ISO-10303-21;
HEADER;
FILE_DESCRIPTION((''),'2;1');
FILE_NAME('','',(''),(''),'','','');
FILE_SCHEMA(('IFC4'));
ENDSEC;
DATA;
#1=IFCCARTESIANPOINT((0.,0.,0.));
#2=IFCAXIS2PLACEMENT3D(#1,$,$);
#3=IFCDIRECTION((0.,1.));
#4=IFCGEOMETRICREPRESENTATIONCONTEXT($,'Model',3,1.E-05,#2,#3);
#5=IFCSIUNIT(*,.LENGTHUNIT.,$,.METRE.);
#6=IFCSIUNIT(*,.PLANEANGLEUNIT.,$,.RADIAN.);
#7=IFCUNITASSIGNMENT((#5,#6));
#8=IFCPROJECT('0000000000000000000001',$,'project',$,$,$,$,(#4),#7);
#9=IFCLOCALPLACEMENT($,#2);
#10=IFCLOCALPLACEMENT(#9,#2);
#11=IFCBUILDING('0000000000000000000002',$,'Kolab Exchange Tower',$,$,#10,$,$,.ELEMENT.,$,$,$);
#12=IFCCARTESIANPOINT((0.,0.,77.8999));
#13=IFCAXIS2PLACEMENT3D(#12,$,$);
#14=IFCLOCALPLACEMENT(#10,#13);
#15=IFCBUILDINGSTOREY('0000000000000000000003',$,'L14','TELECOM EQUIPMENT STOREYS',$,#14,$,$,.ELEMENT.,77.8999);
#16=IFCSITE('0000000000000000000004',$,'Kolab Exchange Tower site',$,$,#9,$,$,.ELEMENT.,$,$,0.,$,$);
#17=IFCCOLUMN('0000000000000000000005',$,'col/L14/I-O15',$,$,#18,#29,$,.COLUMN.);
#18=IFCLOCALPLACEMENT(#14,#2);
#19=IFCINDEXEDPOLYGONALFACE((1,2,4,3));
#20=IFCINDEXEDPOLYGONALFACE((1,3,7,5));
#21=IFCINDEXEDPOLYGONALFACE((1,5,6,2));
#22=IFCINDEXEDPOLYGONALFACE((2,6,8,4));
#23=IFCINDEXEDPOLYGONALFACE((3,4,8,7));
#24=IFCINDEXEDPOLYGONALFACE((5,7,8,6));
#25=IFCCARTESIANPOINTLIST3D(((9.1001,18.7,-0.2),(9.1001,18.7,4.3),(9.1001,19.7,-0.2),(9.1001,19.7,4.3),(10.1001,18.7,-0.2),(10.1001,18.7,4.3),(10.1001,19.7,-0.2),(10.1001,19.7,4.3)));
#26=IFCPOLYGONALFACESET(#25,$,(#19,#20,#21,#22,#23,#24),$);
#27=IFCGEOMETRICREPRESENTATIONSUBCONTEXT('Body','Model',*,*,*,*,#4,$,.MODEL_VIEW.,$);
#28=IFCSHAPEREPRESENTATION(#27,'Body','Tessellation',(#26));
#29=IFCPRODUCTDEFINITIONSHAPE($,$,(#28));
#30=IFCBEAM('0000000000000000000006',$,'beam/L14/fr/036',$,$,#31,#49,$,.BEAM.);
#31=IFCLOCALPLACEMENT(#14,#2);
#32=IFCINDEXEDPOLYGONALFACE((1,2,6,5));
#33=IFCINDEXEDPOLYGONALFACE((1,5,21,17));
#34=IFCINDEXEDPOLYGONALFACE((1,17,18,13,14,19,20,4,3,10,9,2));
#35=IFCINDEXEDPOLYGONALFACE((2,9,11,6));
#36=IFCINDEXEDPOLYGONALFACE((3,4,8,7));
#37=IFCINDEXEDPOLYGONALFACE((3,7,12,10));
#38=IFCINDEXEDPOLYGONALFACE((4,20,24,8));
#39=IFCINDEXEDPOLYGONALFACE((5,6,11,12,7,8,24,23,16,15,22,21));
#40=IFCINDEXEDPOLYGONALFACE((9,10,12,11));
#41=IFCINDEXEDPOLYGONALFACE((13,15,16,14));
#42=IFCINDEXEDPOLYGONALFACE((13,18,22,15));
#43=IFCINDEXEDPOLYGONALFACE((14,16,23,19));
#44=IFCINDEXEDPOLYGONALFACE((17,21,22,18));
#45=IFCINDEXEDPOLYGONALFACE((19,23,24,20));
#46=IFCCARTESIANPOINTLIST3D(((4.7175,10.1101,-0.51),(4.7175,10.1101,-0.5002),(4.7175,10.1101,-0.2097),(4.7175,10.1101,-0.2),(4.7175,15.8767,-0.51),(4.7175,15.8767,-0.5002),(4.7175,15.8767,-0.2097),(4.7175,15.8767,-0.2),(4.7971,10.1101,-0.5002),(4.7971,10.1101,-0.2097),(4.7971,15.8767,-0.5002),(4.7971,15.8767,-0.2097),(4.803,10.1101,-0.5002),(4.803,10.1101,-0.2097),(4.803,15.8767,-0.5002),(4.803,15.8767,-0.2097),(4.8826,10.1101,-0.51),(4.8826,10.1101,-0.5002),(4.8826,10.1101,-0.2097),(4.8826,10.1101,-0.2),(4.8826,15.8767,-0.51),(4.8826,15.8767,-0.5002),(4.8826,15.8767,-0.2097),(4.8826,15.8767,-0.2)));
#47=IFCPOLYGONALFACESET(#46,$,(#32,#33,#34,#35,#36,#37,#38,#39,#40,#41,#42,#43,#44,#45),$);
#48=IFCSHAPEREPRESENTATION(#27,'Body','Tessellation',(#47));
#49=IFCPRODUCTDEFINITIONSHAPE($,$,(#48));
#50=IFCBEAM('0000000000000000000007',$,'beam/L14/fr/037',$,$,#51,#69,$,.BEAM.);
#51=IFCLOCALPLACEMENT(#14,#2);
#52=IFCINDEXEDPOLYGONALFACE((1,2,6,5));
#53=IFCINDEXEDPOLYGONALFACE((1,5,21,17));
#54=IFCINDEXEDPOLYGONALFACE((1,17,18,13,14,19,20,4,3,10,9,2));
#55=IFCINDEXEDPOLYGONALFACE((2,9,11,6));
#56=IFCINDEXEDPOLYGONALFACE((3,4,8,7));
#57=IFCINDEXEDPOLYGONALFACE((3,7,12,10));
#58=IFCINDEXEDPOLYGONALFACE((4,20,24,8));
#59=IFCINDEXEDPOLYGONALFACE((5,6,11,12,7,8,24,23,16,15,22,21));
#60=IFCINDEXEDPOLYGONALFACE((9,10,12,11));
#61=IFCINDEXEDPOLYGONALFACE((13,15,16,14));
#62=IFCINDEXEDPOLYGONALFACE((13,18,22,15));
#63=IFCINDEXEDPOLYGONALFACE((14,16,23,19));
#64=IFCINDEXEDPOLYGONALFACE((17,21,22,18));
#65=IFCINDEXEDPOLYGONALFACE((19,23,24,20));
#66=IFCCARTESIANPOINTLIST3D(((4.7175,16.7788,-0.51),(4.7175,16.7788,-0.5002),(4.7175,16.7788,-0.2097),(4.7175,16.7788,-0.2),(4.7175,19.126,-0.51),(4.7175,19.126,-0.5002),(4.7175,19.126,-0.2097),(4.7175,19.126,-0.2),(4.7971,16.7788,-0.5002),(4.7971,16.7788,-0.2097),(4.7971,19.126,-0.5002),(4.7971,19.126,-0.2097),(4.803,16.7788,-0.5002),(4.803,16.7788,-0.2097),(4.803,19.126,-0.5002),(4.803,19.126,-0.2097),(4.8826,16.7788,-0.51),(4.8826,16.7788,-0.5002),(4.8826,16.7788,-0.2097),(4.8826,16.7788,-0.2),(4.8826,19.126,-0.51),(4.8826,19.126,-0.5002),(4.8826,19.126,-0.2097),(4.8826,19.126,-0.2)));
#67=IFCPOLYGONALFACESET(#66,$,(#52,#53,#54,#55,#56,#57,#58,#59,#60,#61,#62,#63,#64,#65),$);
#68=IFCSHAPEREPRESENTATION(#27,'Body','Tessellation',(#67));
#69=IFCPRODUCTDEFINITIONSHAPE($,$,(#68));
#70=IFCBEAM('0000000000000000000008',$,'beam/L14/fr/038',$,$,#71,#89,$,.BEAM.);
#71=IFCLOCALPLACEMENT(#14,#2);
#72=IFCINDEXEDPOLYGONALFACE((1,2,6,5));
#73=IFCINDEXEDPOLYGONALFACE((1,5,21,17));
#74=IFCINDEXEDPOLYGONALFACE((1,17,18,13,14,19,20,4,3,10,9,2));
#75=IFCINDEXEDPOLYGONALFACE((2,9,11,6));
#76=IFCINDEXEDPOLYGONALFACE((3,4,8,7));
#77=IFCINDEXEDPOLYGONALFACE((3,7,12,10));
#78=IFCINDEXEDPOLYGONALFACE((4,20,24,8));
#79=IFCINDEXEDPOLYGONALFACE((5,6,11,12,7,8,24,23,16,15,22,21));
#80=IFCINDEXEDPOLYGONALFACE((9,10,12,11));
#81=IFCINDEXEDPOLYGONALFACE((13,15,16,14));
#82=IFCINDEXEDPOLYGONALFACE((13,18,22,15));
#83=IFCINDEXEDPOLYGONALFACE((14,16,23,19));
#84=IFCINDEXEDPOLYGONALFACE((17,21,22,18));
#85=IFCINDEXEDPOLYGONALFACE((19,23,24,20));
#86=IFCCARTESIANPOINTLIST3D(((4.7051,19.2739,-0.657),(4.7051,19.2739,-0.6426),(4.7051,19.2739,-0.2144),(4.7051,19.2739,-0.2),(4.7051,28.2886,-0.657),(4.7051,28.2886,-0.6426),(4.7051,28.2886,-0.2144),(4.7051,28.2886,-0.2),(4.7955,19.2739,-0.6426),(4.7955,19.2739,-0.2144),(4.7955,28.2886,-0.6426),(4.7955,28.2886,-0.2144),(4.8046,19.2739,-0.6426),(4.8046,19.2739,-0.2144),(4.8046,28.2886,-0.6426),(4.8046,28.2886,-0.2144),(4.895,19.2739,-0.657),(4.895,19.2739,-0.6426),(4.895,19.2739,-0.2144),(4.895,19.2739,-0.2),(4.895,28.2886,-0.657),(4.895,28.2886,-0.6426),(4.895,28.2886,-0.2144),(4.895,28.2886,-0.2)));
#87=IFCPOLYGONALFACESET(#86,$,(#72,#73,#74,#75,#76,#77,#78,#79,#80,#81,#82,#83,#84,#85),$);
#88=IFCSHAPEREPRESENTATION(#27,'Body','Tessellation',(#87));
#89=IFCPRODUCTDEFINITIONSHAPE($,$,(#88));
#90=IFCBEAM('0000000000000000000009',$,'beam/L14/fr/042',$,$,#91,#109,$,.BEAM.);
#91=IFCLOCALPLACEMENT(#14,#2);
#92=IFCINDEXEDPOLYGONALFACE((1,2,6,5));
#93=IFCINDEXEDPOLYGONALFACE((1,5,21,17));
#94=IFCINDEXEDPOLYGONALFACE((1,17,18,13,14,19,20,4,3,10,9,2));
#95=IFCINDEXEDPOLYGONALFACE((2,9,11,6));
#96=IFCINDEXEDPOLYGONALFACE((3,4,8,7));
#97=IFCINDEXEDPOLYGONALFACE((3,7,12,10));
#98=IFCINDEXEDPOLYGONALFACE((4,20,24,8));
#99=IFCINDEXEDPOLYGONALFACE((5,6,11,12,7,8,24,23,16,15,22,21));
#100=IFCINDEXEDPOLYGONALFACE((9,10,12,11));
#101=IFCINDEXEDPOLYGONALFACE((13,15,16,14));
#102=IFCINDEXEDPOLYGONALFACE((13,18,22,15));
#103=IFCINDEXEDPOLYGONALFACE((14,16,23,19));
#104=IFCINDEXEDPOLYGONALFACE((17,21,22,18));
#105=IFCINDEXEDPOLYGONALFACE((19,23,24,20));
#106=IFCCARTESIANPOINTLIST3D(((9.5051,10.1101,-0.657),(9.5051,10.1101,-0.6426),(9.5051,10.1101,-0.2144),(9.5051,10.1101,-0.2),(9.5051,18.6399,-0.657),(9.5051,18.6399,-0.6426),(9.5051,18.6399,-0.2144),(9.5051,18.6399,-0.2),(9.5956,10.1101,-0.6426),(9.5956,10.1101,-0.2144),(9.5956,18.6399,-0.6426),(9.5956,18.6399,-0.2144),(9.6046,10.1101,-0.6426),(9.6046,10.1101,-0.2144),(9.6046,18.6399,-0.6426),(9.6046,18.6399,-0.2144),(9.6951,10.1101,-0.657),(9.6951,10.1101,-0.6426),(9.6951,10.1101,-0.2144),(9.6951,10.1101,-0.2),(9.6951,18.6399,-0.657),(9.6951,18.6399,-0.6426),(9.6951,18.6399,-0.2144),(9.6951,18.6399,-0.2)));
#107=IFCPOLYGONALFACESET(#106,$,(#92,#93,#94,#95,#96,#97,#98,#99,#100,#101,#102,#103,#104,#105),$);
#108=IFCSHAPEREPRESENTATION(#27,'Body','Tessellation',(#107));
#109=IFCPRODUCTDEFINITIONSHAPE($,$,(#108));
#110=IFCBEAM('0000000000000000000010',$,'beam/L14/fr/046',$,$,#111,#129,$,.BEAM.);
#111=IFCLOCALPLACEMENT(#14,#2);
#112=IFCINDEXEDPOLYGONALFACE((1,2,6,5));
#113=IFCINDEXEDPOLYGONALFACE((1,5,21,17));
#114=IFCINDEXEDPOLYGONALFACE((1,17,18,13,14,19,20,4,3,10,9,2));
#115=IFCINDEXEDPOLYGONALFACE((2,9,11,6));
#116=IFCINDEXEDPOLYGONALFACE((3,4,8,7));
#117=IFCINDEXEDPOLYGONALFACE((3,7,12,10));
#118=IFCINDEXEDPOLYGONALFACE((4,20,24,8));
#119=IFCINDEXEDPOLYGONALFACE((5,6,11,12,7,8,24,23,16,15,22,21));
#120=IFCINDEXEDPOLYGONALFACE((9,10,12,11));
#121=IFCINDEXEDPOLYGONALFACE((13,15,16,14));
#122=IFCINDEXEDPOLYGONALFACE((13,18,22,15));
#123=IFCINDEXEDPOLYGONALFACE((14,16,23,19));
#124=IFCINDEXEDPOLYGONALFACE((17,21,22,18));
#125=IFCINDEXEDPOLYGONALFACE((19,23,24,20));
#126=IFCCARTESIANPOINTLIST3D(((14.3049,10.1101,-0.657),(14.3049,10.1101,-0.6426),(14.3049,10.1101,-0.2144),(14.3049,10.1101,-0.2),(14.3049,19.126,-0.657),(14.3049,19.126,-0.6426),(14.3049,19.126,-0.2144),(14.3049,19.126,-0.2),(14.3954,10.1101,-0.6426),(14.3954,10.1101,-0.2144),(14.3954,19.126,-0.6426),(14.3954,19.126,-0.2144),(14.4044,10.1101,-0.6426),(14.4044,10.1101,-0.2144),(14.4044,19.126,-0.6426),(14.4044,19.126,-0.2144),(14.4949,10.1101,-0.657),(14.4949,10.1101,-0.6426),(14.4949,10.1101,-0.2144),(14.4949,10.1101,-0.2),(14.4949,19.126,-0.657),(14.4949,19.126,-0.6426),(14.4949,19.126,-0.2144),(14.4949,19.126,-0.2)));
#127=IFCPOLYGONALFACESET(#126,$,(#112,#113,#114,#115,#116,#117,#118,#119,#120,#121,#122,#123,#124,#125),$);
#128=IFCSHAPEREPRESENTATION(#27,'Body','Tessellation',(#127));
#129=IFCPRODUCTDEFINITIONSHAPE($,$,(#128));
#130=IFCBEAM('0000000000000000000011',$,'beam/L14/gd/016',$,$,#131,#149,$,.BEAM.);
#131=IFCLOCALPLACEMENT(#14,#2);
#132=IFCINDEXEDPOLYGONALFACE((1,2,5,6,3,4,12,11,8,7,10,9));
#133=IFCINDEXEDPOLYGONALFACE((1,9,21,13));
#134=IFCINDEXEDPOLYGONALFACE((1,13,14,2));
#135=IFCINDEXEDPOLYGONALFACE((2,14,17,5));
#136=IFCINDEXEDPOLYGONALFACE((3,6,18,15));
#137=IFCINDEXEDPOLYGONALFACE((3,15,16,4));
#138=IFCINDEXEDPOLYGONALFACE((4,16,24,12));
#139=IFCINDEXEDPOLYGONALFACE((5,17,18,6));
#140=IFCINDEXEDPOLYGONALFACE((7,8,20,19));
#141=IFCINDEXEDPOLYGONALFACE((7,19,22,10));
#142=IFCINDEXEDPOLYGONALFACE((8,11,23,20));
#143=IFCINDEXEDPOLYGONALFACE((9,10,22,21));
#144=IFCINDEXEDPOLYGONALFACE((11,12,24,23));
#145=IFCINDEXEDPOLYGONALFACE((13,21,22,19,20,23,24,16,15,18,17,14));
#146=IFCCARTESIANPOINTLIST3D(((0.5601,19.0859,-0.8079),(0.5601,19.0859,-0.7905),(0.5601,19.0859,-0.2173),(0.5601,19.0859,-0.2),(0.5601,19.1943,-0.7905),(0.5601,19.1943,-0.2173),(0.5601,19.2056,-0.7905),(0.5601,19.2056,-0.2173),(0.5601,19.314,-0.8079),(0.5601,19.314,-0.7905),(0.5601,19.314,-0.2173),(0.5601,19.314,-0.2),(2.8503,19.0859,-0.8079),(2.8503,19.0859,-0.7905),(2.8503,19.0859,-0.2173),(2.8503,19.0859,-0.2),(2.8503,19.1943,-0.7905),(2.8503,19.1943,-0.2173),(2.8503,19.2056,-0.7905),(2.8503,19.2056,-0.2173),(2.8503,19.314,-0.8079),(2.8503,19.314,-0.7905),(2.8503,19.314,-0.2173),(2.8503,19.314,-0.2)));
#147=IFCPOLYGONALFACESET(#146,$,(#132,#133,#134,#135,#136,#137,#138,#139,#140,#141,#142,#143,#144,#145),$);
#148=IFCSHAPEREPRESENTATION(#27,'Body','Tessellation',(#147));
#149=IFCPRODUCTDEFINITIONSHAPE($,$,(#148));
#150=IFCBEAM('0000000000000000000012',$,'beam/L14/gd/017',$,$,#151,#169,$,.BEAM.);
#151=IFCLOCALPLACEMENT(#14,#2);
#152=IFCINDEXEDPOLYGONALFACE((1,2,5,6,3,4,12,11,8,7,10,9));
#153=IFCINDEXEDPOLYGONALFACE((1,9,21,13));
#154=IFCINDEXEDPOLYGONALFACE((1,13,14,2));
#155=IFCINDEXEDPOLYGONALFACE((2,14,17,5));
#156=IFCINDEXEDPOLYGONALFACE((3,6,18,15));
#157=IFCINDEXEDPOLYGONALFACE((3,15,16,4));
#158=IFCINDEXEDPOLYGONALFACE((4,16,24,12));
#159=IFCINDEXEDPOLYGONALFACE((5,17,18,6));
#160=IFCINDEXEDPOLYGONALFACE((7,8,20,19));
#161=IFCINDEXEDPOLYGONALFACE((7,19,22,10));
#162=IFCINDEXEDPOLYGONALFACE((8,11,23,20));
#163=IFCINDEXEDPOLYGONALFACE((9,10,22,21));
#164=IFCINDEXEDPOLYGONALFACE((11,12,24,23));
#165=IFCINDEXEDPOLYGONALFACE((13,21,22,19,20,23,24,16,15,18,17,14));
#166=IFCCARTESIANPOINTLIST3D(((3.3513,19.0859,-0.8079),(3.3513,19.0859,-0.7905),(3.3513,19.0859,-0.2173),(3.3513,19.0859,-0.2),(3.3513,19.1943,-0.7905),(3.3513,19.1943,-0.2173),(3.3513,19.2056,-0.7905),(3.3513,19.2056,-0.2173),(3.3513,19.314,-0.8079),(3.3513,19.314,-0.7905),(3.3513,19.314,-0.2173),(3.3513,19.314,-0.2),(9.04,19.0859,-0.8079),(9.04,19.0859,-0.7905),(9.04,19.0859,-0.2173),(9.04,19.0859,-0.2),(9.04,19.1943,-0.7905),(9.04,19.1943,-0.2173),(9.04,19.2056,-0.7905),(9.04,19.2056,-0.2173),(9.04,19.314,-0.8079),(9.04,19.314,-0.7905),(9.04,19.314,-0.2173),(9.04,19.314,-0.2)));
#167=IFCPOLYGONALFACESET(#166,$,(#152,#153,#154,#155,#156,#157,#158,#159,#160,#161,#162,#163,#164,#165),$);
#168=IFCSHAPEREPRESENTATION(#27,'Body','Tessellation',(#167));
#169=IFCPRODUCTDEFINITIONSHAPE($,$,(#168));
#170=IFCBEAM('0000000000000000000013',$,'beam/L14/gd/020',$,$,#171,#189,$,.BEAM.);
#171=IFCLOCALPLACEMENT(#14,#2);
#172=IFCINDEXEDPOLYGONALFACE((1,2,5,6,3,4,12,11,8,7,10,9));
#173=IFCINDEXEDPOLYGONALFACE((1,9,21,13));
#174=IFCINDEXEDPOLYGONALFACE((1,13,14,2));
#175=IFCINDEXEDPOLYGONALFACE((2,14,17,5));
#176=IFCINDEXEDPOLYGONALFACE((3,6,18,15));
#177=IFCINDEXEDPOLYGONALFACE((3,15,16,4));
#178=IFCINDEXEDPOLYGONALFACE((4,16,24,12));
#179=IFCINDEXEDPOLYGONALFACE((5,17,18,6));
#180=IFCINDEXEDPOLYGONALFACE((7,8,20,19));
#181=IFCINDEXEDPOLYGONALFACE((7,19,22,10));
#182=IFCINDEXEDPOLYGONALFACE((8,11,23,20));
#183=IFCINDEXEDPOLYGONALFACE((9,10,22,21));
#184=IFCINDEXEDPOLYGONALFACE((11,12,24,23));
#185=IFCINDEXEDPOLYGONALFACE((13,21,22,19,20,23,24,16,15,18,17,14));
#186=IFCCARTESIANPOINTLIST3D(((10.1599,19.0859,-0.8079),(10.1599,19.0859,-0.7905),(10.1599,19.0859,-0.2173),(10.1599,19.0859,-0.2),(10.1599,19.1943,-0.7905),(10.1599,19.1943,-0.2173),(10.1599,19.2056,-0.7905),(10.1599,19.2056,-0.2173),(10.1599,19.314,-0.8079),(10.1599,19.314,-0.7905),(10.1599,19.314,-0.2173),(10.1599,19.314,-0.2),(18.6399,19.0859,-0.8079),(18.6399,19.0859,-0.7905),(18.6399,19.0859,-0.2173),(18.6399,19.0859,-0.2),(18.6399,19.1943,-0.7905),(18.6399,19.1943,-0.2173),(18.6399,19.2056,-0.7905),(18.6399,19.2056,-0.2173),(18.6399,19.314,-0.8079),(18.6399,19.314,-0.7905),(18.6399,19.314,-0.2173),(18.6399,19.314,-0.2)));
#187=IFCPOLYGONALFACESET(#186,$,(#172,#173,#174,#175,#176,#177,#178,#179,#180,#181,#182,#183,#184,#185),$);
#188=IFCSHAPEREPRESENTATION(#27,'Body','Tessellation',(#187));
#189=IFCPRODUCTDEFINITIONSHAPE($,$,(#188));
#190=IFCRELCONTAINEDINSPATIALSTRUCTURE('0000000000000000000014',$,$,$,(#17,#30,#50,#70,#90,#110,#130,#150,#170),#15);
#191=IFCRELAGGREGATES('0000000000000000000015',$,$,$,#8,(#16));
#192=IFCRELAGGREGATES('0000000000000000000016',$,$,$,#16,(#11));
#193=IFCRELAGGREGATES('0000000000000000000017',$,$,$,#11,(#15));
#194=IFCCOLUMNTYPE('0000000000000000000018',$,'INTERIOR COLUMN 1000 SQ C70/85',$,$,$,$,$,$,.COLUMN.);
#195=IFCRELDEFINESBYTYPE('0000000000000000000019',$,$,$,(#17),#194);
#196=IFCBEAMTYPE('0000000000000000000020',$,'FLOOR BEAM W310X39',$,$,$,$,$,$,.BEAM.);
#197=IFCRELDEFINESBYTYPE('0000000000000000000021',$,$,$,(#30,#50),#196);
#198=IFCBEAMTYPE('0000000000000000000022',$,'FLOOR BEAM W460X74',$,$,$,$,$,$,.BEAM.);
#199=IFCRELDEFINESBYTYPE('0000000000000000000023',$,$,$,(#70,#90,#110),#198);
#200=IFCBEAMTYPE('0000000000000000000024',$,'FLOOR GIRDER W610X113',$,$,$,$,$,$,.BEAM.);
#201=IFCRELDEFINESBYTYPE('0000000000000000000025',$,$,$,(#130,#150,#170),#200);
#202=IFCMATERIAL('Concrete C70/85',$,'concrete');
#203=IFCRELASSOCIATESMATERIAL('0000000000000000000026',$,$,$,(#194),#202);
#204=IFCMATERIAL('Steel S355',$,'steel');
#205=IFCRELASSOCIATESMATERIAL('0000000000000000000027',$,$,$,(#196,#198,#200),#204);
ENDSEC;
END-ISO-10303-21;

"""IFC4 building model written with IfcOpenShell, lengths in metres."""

from ifc_helpers import new_model, si_unit, direction, frame, origin, origin_2d, place, context, subcontext, project, spatial, rectangle, i_section, extrude, material, material_profile, profile_set, type_object, element, save


model = new_model("IFC4")

# Units and contexts
model_context = context("Model", 3, precision=1e-05, world=origin(), true_north=direction((0.0, 1.0)))
body_context = subcontext(model_context, "Body", "Model", "MODEL_VIEW")
ifc_project = project(units=[si_unit("LENGTHUNIT", "METRE"), si_unit("PLANEANGLEUNIT", "RADIAN")], contexts=[model_context])

# Site, building, storey
site_placement = place(None, origin())
site = spatial("IfcSite", under=ifc_project, at=site_placement, Name="Kolab Exchange Tower site", CompositionType="ELEMENT", RefElevation=0.0)
building_placement = place(site_placement, origin())
building = spatial("IfcBuilding", under=site, at=building_placement, Name="Kolab Exchange Tower", CompositionType="ELEMENT")
storey_placement = place(building_placement, frame((0.0, 0.0, 77.8999)))
storey = spatial("IfcBuildingStorey", under=building, at=storey_placement, Name="L14", Description="TELECOM EQUIPMENT STOREYS", CompositionType="ELEMENT", Elevation=77.8999)

# Column
ifc_material_1 = material(Name="Concrete C70/85", Category="concrete")
ifc_material_profile_1 = material_profile(ifc_material_1, rectangle(XDim=1.0, YDim=1.0, at=origin_2d()), Name="RC1000")
ifc_profile_set_1 = profile_set([ifc_material_profile_1], Name="Concrete C70/85")
column_type = type_object("IfcColumnType", Name="INTERIOR COLUMN 1000 SQ C70/85", PredefinedType="COLUMN", material=ifc_profile_set_1)
column_placement = place(storey_placement, frame((9.6001, 19.2, -0.2), z_axis=(0.0, 0.0, 1.0), x_axis=(1.0, 0.0, 0.0)))
element("IfcColumn", 1, at=column_placement, inside=storey, type_object=column_type, Name="col/L14/I-O15", PredefinedType="COLUMN", context=body_context, shape_type="SweptSolid", body=[
    extrude(rectangle(XDim=1.0, YDim=1.0, at=origin_2d()), origin(), (0.0, 0.0, 1.0), 4.5),
])

# Beams
ifc_material_2 = material(Name="Steel S355", Category="steel")
ifc_material_profile_2 = material_profile(ifc_material_2, i_section(OverallWidth=0.165, OverallDepth=0.3101, WebThickness=0.0059, FlangeThickness=0.0098, at=origin_2d()), Name="W310X39")
ifc_profile_set_2 = profile_set([ifc_material_profile_2], Name="Steel S355")
beam_type_1 = type_object("IfcBeamType", Name="FLOOR BEAM W310X39", PredefinedType="BEAM", material=ifc_profile_set_2)
beam_1_placement = place(storey_placement, frame((4.8, 10.1101, -0.355), z_axis=(0.0, 1.0, 0.0), x_axis=(-1.0, 0.0, 0.0)))
element("IfcBeam", 2, at=beam_1_placement, inside=storey, type_object=beam_type_1, Name="beam/L14/fr/036", PredefinedType="BEAM", context=body_context, shape_type="SweptSolid", body=[
    extrude(i_section(OverallWidth=0.165, OverallDepth=0.3101, WebThickness=0.0059, FlangeThickness=0.0098, at=origin_2d()), origin(), (0.0, 0.0, 1.0), 5.7666),
])
beam_2_placement = place(storey_placement, frame((4.8, 16.7788, -0.355), z_axis=(0.0, 1.0, 0.0), x_axis=(-1.0, 0.0, 0.0)))
element("IfcBeam", 3, at=beam_2_placement, inside=storey, type_object=beam_type_1, Name="beam/L14/fr/037", PredefinedType="BEAM", context=body_context, shape_type="SweptSolid", body=[
    extrude(i_section(OverallWidth=0.165, OverallDepth=0.3101, WebThickness=0.0059, FlangeThickness=0.0098, at=origin_2d()), origin(), (0.0, 0.0, 1.0), 2.3472),
])
ifc_material_profile_3 = material_profile(ifc_material_2, i_section(OverallWidth=0.1899, OverallDepth=0.457, WebThickness=0.009, FlangeThickness=0.0144, at=origin_2d()), Name="W460X74")
ifc_profile_set_3 = profile_set([ifc_material_profile_3], Name="Steel S355")
beam_type_2 = type_object("IfcBeamType", Name="FLOOR BEAM W460X74", PredefinedType="BEAM", material=ifc_profile_set_3)
beam_3_placement = place(storey_placement, frame((4.8, 19.2739, -0.4285), z_axis=(0.0, 1.0, 0.0), x_axis=(-1.0, 0.0, 0.0)))
element("IfcBeam", 4, at=beam_3_placement, inside=storey, type_object=beam_type_2, Name="beam/L14/fr/038", PredefinedType="BEAM", context=body_context, shape_type="SweptSolid", body=[
    extrude(i_section(OverallWidth=0.1899, OverallDepth=0.457, WebThickness=0.009, FlangeThickness=0.0144, at=origin_2d()), origin(), (0.0, 0.0, 1.0), 9.0146),
])
beam_4_placement = place(storey_placement, frame((9.6001, 10.1101, -0.4285), z_axis=(0.0, 1.0, 0.0), x_axis=(-1.0, 0.0, 0.0)))
element("IfcBeam", 5, at=beam_4_placement, inside=storey, type_object=beam_type_2, Name="beam/L14/fr/042", PredefinedType="BEAM", context=body_context, shape_type="SweptSolid", body=[
    extrude(i_section(OverallWidth=0.1899, OverallDepth=0.457, WebThickness=0.009, FlangeThickness=0.0144, at=origin_2d()), origin(), (0.0, 0.0, 1.0), 8.5298),
])
beam_5_placement = place(storey_placement, frame((14.3999, 10.1101, -0.4285), z_axis=(0.0, 1.0, 0.0), x_axis=(-1.0, 0.0, 0.0)))
element("IfcBeam", 6, at=beam_5_placement, inside=storey, type_object=beam_type_2, Name="beam/L14/fr/046", PredefinedType="BEAM", context=body_context, shape_type="SweptSolid", body=[
    extrude(i_section(OverallWidth=0.1899, OverallDepth=0.457, WebThickness=0.009, FlangeThickness=0.0144, at=origin_2d()), origin(), (0.0, 0.0, 1.0), 9.0159),
])
ifc_material_profile_4 = material_profile(ifc_material_2, i_section(OverallWidth=0.228, OverallDepth=0.6079, WebThickness=0.0112, FlangeThickness=0.0173, at=origin_2d()), Name="W610X113")
ifc_profile_set_4 = profile_set([ifc_material_profile_4], Name="Steel S355")
beam_type_3 = type_object("IfcBeamType", Name="FLOOR GIRDER W610X113", PredefinedType="BEAM", material=ifc_profile_set_4)
beam_6_placement = place(storey_placement, frame((0.5601, 19.2, -0.5039), z_axis=(1.0, 0.0, 0.0), x_axis=(0.0, 1.0, 0.0)))
element("IfcBeam", 7, at=beam_6_placement, inside=storey, type_object=beam_type_3, Name="beam/L14/gd/016", PredefinedType="BEAM", context=body_context, shape_type="SweptSolid", body=[
    extrude(i_section(OverallWidth=0.228, OverallDepth=0.6079, WebThickness=0.0112, FlangeThickness=0.0173, at=origin_2d()), origin(), (0.0, 0.0, 1.0), 2.2903),
])
beam_7_placement = place(storey_placement, frame((3.3513, 19.2, -0.5039), z_axis=(1.0, 0.0, 0.0), x_axis=(0.0, 1.0, 0.0)))
element("IfcBeam", 8, at=beam_7_placement, inside=storey, type_object=beam_type_3, Name="beam/L14/gd/017", PredefinedType="BEAM", context=body_context, shape_type="SweptSolid", body=[
    extrude(i_section(OverallWidth=0.228, OverallDepth=0.6079, WebThickness=0.0112, FlangeThickness=0.0173, at=origin_2d()), origin(), (0.0, 0.0, 1.0), 5.6887),
])
beam_8_placement = place(storey_placement, frame((10.1599, 19.2, -0.5039), z_axis=(1.0, 0.0, 0.0), x_axis=(0.0, 1.0, 0.0)))
element("IfcBeam", 9, at=beam_8_placement, inside=storey, type_object=beam_type_3, Name="beam/L14/gd/020", PredefinedType="BEAM", context=body_context, shape_type="SweptSolid", body=[
    extrude(i_section(OverallWidth=0.228, OverallDepth=0.6079, WebThickness=0.0112, FlangeThickness=0.0173, at=origin_2d()), origin(), (0.0, 0.0, 1.0), 8.48),
])

save(model, "model.ifc")
